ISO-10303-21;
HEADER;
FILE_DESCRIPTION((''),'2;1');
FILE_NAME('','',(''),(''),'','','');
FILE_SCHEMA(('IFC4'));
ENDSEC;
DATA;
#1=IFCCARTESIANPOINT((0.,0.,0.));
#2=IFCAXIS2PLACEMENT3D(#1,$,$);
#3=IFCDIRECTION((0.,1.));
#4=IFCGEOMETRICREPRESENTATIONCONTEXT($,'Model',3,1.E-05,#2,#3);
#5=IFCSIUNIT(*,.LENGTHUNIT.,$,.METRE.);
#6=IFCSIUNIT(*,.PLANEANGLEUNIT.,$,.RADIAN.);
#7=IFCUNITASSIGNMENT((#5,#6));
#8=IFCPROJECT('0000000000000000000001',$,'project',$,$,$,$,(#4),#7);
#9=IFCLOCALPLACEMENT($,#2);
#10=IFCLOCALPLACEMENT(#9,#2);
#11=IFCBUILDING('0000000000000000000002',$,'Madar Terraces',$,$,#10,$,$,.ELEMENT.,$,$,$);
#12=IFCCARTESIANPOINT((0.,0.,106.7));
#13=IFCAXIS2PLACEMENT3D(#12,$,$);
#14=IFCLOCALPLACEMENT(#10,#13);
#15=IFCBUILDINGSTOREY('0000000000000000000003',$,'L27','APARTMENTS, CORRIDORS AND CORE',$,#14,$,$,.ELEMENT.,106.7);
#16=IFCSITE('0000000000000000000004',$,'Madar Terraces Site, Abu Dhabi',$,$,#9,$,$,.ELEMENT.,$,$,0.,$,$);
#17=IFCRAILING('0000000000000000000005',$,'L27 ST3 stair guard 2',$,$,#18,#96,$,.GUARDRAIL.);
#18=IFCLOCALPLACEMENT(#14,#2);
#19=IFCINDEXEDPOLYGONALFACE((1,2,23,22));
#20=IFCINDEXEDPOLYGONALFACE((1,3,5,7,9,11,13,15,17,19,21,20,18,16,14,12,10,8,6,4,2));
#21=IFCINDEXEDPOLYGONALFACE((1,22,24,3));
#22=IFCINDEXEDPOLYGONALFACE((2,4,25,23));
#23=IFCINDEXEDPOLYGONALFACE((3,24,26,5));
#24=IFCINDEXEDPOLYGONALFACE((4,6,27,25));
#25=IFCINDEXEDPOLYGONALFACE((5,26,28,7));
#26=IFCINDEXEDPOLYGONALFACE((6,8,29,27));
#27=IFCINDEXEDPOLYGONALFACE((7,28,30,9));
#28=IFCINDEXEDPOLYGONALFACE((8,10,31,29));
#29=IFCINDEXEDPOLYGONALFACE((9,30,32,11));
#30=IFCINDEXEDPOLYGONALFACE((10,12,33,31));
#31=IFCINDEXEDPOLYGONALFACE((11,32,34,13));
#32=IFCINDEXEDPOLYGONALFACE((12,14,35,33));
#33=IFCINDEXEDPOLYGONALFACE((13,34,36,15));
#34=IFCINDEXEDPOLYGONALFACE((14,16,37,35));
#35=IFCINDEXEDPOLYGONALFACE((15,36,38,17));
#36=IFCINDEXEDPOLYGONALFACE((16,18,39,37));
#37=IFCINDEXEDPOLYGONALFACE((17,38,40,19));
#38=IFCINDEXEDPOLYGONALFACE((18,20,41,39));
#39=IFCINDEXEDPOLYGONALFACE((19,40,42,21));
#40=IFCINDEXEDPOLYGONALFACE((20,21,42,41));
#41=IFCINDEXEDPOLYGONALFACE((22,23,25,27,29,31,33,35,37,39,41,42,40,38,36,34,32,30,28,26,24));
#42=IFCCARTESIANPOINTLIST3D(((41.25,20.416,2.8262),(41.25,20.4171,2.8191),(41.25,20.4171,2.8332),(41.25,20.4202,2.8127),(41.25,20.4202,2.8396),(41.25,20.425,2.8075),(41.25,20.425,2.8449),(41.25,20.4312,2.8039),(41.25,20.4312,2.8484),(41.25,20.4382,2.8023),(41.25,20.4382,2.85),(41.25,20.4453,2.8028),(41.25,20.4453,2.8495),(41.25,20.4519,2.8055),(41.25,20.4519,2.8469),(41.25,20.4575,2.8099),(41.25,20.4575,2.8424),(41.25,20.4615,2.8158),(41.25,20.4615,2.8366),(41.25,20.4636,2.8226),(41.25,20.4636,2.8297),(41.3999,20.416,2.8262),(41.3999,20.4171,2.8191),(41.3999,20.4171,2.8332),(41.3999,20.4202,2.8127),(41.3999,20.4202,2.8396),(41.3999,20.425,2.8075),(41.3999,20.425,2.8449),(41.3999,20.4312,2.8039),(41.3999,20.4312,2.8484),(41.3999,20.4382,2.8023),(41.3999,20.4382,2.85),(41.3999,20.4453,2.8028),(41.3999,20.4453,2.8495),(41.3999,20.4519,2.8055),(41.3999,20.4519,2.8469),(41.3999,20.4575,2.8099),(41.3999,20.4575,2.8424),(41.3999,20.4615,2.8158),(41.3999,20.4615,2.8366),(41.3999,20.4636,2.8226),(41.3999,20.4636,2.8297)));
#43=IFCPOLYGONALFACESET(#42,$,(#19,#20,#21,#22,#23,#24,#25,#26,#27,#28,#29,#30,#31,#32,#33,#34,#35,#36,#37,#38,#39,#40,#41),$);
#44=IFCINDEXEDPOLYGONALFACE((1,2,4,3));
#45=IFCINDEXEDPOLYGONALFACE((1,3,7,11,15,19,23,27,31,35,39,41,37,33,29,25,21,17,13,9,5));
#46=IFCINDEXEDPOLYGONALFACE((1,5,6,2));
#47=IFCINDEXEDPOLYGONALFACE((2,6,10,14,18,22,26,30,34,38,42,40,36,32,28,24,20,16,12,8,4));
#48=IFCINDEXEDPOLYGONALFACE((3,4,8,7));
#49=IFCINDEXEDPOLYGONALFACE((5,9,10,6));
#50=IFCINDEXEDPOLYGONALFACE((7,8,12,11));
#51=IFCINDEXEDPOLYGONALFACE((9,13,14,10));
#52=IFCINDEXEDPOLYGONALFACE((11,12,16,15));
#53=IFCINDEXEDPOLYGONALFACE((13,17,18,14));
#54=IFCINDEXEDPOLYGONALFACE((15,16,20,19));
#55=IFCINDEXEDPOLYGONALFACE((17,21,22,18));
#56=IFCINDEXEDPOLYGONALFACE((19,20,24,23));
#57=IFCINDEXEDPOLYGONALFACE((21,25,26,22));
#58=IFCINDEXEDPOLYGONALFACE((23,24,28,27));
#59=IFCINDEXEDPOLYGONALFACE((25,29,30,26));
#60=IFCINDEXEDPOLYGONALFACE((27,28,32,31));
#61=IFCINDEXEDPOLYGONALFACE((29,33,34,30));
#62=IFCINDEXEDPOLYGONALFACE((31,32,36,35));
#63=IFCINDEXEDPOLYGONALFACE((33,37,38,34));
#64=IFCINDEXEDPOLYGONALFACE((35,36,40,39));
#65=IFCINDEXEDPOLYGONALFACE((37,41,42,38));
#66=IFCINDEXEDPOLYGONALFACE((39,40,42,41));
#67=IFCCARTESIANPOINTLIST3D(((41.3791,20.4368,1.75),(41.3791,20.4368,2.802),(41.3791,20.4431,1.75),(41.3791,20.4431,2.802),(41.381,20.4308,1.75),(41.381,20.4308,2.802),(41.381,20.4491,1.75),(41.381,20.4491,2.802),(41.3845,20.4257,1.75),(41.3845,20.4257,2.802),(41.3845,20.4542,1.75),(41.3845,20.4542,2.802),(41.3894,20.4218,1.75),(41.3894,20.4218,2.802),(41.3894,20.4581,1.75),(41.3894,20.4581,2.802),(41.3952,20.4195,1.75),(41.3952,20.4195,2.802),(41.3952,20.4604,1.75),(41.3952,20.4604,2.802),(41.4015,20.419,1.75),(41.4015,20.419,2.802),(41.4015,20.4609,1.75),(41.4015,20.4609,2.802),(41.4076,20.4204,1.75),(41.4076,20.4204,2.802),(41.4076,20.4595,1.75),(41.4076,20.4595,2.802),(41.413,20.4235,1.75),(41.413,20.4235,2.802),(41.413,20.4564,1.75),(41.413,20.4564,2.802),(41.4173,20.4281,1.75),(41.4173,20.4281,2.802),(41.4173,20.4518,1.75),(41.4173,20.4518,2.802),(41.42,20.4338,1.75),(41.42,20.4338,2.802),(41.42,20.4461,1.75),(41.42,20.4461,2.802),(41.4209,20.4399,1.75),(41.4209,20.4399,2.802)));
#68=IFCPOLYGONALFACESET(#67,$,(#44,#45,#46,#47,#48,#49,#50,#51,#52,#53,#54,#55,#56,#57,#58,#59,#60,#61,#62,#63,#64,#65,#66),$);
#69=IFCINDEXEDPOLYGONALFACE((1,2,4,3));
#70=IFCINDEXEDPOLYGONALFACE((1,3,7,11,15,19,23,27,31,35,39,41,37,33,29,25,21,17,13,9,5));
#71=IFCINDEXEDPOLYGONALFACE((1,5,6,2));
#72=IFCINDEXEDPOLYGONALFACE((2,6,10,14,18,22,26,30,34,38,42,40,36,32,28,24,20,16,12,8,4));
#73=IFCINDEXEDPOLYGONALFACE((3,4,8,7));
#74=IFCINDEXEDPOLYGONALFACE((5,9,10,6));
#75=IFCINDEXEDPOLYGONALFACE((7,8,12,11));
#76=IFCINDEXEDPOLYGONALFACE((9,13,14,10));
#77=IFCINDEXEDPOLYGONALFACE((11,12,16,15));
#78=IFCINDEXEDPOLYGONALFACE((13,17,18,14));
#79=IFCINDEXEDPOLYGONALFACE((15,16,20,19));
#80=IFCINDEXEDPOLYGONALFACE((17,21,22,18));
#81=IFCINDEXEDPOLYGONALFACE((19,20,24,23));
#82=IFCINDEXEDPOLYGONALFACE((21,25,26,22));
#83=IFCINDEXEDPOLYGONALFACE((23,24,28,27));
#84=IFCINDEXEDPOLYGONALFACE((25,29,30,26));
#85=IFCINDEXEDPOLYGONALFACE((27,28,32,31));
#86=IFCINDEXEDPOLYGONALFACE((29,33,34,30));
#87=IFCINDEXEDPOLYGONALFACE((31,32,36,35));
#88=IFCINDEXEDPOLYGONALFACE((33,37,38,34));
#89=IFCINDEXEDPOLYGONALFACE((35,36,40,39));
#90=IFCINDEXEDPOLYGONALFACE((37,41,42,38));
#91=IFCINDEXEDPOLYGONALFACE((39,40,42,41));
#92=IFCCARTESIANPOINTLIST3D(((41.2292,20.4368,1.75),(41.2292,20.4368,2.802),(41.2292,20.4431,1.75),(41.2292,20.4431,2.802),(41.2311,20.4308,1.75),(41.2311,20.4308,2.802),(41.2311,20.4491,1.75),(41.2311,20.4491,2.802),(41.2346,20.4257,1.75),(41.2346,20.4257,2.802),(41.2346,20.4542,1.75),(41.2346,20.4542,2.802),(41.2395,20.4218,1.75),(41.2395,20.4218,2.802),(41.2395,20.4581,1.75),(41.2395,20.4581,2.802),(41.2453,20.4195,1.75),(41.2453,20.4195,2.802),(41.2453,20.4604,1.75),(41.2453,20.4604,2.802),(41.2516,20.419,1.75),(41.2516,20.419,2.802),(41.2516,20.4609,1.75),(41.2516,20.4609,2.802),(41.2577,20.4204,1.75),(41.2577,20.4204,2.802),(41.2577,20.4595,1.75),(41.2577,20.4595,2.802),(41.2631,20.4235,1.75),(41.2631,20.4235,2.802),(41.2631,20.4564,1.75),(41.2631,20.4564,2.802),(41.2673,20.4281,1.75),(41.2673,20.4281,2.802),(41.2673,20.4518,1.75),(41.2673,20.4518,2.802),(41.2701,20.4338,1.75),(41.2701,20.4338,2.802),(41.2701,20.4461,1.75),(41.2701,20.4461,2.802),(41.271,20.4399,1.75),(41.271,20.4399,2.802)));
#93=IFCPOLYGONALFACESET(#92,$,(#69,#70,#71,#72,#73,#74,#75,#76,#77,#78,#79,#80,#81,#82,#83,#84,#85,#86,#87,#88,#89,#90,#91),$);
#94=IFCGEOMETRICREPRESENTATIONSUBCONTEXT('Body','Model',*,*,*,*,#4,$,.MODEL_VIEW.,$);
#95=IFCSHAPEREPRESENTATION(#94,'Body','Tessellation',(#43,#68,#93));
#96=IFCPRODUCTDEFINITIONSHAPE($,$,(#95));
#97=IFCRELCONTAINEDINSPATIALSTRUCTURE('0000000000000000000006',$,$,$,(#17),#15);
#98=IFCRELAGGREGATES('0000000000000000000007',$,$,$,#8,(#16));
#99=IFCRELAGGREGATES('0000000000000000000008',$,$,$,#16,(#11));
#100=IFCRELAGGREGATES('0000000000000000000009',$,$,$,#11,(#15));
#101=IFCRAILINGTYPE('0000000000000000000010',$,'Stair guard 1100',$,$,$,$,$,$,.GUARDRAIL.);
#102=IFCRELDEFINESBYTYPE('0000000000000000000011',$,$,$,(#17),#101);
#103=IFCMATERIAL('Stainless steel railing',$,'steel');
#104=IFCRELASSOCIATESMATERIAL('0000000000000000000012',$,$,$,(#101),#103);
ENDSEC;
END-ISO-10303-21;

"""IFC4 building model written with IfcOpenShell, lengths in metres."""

from ifc_helpers import new_model, si_unit, direction, frame, origin, origin_2d, place, context, subcontext, project, spatial, circle, extrude, material, type_object, element, save


model = new_model("IFC4")

# Units and contexts
model_context = context("Model", 3, precision=1e-05, world=origin(), true_north=direction((0.0, 1.0)))
body_context = subcontext(model_context, "Body", "Model", "MODEL_VIEW")
ifc_project = project(units=[si_unit("LENGTHUNIT", "METRE"), si_unit("PLANEANGLEUNIT", "RADIAN")], contexts=[model_context])

# Site, building, storey
site_placement = place(None, origin())
site = spatial("IfcSite", under=ifc_project, at=site_placement, Name="Madar Terraces Site, Abu Dhabi", CompositionType="ELEMENT", RefElevation=0.0)
building_placement = place(site_placement, origin())
building = spatial("IfcBuilding", under=site, at=building_placement, Name="Madar Terraces", CompositionType="ELEMENT")
storey_placement = place(building_placement, frame((0.0, 0.0, 106.7)))
storey = spatial("IfcBuildingStorey", under=building, at=storey_placement, Name="L27", Description="APARTMENTS, CORRIDORS AND CORE", CompositionType="ELEMENT", Elevation=106.7)

# Railing
ifc_material_1 = material(Name="Stainless steel railing", Category="steel")
railing_type_1 = type_object("IfcRailingType", Name="Stair guard 1100", PredefinedType="GUARDRAIL", material=ifc_material_1)
railing_1_placement = place(storey_placement, frame((41.3999, 20.4399, 1.75)))
element("IfcRailing", 1, at=railing_1_placement, inside=storey, type_object=railing_type_1, Name="L27 ST3 stair guard 2", PredefinedType="GUARDRAIL", context=body_context, shape_type="SweptSolid", body=[
    extrude(circle(Radius=0.0239, at=origin_2d()), frame((0.0, 0.0, 1.0762), z_axis=(-1.0, 0.0, 0.0), x_axis=(0.0, -1.0, 0.0)), (0.0, 0.0, 1.0), 0.1499),
    extrude(circle(Radius=0.021, at=origin_2d()), origin(), (0.0, 0.0, 1.0), 1.052),
    extrude(circle(Radius=0.021, at=origin_2d()), frame((-0.1499, 0.0, 0.0)), (0.0, 0.0, 1.0), 1.052),
])

save(model, "model.ifc")
